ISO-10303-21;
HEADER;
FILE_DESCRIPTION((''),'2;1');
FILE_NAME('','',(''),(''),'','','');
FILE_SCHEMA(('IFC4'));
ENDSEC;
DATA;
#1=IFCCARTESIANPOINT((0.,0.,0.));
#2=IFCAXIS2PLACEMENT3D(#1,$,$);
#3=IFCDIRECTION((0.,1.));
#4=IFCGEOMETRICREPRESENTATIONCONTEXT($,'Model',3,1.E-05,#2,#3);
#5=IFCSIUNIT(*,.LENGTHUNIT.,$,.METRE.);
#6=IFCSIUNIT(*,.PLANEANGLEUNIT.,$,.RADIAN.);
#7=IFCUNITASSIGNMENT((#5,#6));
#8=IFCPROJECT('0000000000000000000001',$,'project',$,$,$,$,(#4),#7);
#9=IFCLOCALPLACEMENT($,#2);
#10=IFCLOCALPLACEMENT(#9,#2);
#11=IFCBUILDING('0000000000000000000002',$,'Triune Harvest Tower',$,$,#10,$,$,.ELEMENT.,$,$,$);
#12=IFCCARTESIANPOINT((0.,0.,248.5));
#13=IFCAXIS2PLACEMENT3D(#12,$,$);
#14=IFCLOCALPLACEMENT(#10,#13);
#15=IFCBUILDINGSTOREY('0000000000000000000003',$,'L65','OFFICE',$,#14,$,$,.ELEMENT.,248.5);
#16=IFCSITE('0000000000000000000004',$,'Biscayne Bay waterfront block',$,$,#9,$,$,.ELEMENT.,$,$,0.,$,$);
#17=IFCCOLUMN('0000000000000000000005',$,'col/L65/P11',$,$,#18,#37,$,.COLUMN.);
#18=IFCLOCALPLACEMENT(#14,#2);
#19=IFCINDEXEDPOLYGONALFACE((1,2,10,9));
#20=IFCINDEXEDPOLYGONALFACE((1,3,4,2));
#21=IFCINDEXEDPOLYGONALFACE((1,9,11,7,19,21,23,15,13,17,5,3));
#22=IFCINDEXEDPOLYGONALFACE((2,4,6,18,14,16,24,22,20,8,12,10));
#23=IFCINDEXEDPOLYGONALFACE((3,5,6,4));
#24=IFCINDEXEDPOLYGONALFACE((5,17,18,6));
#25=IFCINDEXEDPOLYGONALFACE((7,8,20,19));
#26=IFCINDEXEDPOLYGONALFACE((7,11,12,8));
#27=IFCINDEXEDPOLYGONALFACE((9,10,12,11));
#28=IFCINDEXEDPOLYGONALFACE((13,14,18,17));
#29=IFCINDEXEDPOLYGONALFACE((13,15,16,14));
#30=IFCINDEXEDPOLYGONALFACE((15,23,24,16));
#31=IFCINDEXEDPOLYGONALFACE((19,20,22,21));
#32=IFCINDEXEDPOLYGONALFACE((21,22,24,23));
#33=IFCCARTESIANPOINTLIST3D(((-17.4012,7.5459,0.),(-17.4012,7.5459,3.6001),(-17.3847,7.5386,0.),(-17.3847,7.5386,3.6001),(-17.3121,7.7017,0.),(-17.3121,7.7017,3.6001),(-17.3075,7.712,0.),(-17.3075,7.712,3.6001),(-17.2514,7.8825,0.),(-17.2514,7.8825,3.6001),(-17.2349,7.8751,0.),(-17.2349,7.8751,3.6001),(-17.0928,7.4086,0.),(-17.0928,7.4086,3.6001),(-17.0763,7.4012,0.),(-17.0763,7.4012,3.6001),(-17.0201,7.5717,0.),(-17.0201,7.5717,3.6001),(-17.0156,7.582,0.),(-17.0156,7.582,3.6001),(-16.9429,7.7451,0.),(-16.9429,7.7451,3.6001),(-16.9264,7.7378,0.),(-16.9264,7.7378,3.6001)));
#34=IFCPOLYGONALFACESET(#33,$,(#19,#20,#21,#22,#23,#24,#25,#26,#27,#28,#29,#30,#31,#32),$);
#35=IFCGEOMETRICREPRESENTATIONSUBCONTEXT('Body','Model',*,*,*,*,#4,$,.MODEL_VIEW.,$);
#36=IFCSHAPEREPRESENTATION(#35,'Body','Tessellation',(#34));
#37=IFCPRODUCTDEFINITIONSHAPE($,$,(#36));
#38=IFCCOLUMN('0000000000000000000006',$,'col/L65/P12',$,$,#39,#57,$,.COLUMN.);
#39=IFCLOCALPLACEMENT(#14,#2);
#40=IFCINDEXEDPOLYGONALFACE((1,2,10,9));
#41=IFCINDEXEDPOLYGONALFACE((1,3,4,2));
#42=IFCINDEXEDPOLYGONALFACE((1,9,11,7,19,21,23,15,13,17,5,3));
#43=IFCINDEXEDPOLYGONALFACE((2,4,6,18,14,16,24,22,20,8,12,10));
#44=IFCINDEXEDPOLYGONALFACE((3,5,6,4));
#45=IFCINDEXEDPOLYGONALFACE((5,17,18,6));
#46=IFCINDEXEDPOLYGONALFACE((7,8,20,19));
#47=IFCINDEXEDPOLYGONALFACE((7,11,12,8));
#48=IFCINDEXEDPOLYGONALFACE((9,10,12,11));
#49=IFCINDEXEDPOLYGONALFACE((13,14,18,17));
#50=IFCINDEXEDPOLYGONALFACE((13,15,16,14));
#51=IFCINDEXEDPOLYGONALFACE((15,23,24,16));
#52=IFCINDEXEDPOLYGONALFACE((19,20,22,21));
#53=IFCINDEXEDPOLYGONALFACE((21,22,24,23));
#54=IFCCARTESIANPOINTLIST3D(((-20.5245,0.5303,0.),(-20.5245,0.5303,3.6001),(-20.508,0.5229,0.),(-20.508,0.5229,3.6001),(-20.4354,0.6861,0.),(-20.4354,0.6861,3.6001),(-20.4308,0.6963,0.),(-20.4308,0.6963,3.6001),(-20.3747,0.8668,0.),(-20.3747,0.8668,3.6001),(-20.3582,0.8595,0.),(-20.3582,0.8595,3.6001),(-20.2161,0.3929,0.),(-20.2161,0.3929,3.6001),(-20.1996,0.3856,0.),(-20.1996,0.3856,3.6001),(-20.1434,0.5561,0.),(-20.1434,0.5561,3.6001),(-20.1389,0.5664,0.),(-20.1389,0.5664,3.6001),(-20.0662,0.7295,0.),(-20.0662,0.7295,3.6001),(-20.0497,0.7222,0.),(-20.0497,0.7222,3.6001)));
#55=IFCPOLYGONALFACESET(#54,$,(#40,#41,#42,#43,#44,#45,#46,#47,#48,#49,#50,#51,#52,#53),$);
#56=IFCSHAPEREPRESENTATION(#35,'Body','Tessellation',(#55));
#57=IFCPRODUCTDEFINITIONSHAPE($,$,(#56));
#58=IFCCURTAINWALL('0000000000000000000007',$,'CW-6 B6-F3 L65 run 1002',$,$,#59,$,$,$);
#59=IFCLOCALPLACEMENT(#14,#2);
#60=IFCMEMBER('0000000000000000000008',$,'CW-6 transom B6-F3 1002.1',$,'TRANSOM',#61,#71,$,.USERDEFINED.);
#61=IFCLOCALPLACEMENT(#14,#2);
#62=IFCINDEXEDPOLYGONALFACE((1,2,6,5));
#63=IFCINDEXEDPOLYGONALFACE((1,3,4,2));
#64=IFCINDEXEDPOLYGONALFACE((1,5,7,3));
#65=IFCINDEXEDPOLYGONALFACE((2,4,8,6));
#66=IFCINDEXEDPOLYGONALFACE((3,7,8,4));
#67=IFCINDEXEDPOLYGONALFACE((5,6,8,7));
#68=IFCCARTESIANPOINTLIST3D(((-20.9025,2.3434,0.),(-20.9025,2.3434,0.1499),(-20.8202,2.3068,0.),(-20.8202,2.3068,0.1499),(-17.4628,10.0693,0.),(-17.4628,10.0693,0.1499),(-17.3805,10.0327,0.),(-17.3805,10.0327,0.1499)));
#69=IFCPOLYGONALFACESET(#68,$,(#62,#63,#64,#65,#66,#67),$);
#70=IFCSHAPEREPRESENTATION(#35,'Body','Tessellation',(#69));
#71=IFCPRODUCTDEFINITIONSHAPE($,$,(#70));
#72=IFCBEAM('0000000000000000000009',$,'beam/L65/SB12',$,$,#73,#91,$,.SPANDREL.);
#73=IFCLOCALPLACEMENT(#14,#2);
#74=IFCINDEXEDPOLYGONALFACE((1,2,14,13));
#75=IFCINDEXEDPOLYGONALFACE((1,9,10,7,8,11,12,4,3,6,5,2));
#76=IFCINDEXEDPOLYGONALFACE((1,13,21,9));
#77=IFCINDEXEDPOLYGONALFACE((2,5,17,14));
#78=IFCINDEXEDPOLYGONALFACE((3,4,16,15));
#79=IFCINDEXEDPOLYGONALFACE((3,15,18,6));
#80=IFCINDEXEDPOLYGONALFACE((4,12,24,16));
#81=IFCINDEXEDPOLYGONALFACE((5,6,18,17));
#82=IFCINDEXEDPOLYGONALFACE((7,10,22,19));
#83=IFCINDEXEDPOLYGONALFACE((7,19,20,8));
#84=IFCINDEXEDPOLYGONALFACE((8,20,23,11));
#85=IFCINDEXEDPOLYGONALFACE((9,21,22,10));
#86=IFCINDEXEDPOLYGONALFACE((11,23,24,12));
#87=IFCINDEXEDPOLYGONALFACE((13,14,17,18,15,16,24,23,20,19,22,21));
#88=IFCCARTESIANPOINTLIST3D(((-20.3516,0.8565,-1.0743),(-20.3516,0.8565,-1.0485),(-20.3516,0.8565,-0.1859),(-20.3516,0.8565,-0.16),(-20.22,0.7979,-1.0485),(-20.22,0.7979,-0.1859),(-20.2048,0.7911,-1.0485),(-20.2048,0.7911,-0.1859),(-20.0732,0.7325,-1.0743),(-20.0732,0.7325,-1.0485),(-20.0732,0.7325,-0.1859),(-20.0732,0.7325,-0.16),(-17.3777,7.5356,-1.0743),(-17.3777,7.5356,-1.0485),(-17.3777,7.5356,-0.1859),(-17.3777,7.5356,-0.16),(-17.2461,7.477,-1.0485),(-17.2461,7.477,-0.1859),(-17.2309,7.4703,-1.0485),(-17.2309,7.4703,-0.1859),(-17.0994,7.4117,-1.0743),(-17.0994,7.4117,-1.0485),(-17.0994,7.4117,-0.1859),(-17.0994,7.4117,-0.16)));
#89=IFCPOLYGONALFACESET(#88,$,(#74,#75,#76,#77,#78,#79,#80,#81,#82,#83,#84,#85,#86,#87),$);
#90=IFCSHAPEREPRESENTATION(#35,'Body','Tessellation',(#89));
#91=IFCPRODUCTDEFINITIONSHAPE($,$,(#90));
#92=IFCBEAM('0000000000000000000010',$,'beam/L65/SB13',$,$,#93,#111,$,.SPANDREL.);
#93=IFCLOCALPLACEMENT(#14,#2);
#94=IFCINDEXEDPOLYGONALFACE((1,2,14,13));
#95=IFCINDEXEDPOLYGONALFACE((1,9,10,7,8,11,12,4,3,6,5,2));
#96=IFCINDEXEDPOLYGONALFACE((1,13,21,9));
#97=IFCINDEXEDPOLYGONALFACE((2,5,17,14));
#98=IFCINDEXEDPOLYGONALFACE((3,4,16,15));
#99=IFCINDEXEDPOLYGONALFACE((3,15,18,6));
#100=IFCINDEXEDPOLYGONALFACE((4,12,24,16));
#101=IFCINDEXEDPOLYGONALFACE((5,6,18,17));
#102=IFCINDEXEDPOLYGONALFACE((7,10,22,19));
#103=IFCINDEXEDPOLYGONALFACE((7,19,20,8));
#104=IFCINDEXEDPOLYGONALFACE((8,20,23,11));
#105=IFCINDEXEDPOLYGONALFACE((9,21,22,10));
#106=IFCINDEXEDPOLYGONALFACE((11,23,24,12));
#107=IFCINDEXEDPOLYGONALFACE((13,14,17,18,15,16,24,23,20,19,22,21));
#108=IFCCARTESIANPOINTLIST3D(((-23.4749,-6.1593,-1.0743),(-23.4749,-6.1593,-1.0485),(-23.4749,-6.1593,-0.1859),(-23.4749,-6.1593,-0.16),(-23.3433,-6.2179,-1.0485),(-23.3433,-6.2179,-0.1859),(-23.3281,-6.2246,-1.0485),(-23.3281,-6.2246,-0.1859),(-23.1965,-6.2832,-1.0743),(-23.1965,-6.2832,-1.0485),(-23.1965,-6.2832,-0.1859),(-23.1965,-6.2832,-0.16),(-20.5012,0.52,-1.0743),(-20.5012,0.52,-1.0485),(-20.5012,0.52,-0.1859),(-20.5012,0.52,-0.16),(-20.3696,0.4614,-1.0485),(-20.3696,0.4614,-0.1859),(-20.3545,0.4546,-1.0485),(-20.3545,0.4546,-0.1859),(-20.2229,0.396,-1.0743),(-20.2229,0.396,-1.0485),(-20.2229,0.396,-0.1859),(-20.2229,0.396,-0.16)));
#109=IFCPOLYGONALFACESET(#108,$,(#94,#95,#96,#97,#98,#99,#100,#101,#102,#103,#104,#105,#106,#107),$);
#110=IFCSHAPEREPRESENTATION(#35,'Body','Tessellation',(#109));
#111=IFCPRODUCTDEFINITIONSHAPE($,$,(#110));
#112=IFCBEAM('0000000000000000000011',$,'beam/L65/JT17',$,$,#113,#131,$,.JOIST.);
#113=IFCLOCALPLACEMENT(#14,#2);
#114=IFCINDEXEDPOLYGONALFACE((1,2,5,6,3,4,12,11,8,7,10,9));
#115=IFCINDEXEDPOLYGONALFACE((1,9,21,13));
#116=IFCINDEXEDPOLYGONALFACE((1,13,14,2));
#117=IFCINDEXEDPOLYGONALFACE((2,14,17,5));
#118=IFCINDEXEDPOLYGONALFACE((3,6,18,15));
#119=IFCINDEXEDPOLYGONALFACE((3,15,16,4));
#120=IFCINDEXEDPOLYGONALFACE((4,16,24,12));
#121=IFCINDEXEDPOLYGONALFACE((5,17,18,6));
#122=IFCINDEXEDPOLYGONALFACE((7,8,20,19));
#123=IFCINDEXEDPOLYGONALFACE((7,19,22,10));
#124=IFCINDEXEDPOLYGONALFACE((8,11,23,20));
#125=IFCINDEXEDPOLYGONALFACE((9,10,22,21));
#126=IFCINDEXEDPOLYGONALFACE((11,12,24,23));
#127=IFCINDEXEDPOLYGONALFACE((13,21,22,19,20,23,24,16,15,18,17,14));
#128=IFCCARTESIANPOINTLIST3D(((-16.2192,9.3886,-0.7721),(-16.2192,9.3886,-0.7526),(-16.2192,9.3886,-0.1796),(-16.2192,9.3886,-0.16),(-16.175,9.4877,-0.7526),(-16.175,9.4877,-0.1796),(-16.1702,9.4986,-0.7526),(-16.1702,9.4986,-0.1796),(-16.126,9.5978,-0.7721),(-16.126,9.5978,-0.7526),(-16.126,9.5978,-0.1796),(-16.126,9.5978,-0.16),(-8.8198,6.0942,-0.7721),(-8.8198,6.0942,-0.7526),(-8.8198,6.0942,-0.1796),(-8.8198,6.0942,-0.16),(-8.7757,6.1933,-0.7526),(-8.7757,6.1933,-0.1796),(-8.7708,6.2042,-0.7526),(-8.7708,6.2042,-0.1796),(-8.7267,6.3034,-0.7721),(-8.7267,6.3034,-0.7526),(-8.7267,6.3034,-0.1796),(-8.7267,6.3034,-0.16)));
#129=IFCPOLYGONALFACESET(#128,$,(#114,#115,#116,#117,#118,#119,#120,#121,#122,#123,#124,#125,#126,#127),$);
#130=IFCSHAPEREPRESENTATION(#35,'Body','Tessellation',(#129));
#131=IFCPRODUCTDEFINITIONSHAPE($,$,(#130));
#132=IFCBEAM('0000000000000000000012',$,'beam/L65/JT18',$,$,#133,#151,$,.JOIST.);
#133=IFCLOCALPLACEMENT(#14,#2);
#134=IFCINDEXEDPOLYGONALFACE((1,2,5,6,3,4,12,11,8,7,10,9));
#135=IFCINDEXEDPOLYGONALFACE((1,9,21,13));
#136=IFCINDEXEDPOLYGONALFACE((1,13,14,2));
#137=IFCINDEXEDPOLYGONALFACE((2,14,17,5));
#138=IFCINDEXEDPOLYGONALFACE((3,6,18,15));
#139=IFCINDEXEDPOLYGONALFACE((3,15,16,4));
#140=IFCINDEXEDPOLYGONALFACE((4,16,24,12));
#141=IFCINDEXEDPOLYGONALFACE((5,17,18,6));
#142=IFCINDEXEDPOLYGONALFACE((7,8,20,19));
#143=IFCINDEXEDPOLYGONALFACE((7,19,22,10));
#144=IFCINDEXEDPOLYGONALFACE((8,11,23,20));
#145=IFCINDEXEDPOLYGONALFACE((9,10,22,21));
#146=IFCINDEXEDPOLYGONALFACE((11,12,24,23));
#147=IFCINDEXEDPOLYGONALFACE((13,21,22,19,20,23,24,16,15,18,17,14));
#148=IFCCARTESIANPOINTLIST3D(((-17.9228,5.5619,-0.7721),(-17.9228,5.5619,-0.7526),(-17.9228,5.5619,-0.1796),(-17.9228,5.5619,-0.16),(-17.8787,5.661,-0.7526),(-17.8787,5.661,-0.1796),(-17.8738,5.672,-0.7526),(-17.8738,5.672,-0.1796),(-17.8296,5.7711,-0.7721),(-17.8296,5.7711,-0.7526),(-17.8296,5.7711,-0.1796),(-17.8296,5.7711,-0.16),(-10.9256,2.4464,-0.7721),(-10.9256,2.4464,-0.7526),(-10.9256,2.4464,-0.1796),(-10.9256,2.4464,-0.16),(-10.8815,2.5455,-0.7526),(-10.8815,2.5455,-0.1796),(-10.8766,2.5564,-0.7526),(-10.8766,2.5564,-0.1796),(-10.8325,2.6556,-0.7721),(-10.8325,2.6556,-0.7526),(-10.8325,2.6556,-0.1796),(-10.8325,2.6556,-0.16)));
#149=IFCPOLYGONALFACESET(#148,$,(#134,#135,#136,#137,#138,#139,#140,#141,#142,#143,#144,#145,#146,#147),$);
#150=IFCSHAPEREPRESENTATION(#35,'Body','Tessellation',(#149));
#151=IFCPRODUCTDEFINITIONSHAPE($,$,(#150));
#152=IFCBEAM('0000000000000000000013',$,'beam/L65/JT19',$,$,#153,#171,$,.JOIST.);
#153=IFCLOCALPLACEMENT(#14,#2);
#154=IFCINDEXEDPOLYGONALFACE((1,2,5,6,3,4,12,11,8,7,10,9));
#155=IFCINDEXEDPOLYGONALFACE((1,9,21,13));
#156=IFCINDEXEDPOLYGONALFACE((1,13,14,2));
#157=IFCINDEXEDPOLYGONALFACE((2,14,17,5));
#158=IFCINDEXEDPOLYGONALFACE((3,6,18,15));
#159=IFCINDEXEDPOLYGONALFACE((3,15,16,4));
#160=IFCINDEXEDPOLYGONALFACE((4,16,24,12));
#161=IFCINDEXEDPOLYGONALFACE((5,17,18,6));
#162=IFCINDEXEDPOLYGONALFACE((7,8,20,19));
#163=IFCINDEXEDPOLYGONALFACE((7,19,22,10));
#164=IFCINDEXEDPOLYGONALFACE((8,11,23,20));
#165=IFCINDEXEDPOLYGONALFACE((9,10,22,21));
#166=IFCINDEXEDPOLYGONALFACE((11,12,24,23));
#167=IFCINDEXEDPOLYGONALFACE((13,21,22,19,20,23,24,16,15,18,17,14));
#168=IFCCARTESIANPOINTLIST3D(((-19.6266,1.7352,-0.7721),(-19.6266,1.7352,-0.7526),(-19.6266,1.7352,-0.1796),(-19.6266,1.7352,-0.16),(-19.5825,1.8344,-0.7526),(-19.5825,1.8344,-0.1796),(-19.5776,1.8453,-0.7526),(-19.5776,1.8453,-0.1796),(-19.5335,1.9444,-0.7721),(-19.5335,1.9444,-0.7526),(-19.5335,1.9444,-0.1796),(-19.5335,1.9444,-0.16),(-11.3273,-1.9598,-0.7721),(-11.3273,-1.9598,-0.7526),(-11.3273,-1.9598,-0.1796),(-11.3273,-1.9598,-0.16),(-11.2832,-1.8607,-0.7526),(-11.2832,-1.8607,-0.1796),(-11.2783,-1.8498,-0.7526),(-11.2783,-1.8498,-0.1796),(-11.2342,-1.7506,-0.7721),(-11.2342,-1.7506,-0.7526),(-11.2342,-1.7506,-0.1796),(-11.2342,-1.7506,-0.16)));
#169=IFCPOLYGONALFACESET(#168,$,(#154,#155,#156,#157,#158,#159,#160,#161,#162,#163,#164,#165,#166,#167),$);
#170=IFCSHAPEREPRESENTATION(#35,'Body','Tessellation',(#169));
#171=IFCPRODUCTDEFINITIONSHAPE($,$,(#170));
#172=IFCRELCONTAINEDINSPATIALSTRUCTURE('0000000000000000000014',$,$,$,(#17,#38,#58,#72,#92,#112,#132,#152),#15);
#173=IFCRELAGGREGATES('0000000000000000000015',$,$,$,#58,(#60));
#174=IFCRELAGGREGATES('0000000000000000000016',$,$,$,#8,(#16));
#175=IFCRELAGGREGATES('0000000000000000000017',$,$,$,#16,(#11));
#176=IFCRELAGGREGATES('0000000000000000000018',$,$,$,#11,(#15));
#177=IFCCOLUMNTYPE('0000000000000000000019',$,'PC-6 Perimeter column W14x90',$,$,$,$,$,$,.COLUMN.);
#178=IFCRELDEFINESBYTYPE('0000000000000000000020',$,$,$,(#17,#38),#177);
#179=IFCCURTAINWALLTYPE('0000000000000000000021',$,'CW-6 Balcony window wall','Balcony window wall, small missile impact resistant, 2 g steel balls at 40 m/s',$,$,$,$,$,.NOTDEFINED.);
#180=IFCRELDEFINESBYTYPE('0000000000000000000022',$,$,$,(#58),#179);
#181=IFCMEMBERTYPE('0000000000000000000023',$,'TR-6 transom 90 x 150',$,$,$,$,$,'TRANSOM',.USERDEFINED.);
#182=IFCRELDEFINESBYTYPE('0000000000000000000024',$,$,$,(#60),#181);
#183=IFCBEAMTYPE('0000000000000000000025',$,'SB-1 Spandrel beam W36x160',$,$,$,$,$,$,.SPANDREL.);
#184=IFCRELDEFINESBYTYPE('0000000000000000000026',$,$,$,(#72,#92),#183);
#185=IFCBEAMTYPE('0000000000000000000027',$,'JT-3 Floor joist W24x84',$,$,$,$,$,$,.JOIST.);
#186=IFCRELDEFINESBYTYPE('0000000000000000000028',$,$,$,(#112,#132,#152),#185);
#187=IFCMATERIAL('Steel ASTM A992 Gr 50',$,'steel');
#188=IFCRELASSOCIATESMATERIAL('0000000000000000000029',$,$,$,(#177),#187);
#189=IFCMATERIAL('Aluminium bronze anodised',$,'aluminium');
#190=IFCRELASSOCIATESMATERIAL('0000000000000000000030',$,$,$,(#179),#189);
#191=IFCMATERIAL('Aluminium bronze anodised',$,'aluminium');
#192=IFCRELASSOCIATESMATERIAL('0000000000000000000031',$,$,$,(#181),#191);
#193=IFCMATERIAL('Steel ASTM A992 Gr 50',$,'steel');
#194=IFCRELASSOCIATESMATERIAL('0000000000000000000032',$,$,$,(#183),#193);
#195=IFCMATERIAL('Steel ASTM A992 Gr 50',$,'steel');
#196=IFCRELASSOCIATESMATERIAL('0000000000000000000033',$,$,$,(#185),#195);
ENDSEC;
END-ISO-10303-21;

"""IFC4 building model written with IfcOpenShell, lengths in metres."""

from ifc_helpers import new_model, si_unit, direction, frame, origin, origin_2d, place, context, subcontext, project, spatial, rectangle, i_section, extrude, source, transform, mapped, material, material_profile, profile_set, type_object, element, aggregate, save


model = new_model("IFC4")

# Units and contexts
model_context = context("Model", 3, precision=1e-05, world=origin(), true_north=direction((0.0, 1.0)))
body_context = subcontext(model_context, "Body", "Model", "MODEL_VIEW")
ifc_project = project(units=[si_unit("LENGTHUNIT", "METRE"), si_unit("PLANEANGLEUNIT", "RADIAN")], contexts=[model_context])

# Site, building, storey
site_placement = place(None, origin())
site = spatial("IfcSite", under=ifc_project, at=site_placement, Name="Biscayne Bay waterfront block", CompositionType="ELEMENT", RefElevation=0.0)
building_placement = place(site_placement, origin())
building = spatial("IfcBuilding", under=site, at=building_placement, Name="Triune Harvest Tower", CompositionType="ELEMENT")
storey_placement = place(building_placement, frame((0.0, 0.0, 248.5)))
storey = spatial("IfcBuildingStorey", under=building, at=storey_placement, Name="L65", Description="OFFICE", CompositionType="ELEMENT", Elevation=248.5)

# Columns
ifc_material_1 = material(Name="Steel ASTM A992 Gr 50", Category="steel")
ifc_material_profile_1 = material_profile(ifc_material_1, i_section(OverallWidth=0.3684, OverallDepth=0.3557, WebThickness=0.0112, FlangeThickness=0.0181, at=origin_2d()), Name="W14x90")
ifc_profile_set_1 = profile_set([ifc_material_profile_1], Name="Steel ASTM A992 Gr 50")
column_type = type_object("IfcColumnType", Name="PC-6 Perimeter column W14x90", PredefinedType="COLUMN", material=ifc_profile_set_1)
shared_shape_1 = source(origin(), body_context, "Body", "SweptSolid", [
    extrude(i_section(OverallWidth=0.3684, OverallDepth=0.3557, WebThickness=0.0112, FlangeThickness=0.0181, at=origin_2d()), origin(), (0.0, 0.0, 1.0), 3.6001),
])
for number, where, z_axis, x_axis, name in (
    (1, (-17.1638, 7.6418, 0.0), (0.0, 0.0, 1.0), (-0.406738, -0.913545, 0.0), "col/L65/P11"),
    (2, (-20.2871, 0.6262, 0.0), (0.0, 0.0, 1.0), (-0.406738, -0.913545, 0.0), "col/L65/P12"),
):
    element("IfcColumn", number, at=place(storey_placement, frame(where, z_axis=z_axis, x_axis=x_axis)), inside=storey, type_object=column_type, Name=name, PredefinedType="COLUMN", context=body_context, shape_type="MappedRepresentation", body=[
        mapped(shared_shape_1, transform((0.0, 0.0, 0.0), scale=1.0)),
    ])

# Curtain wall, member
ifc_material_2 = material(Name="Aluminium bronze anodised", Category="aluminium")
curtain_wall_type_1 = type_object("IfcCurtainWallType", Name="CW-6 Balcony window wall", Description="Balcony window wall, small missile impact resistant, 2 g steel balls at 40 m/s", PredefinedType="NOTDEFINED", material=ifc_material_2)
curtain_wall_1_placement = place(storey_placement, origin())
curtain_wall_1 = element("IfcCurtainWall", 3, at=curtain_wall_1_placement, inside=storey, type_object=curtain_wall_type_1, Name="CW-6 B6-F3 L65 run 1002")
ifc_material_3 = material(Name="Aluminium bronze anodised", Category="aluminium")
ifc_material_profile_2 = material_profile(ifc_material_3, rectangle(XDim=0.0901, YDim=0.1499, at=origin_2d()), Name="TR-6 transom 90 x 150")
ifc_profile_set_2 = profile_set([ifc_material_profile_2], Name="Aluminium bronze anodised")
member_type_1 = type_object("IfcMemberType", Name="TR-6 transom 90 x 150", ElementType="TRANSOM", PredefinedType="USERDEFINED", material=ifc_profile_set_2)
member_1_placement = place(storey_placement, frame((-17.4216, 10.051, 0.075), z_axis=(-0.40673, -0.913548, 0.0), x_axis=(0.913548, -0.40673, 0.0)))
member_1 = element("IfcMember", 4, at=member_1_placement, type_object=member_type_1, Name="CW-6 transom B6-F3 1002.1", ObjectType="TRANSOM", PredefinedType="USERDEFINED", context=body_context, shape_type="SweptSolid", body=[
    extrude(rectangle(XDim=0.0901, YDim=0.1499, at=origin_2d()), origin(), (0.0, 0.0, 1.0), 8.457),
])

# Beams
ifc_material_4 = material(Name="Steel ASTM A992 Gr 50", Category="steel")
ifc_material_profile_3 = material_profile(ifc_material_4, i_section(OverallWidth=0.3047, OverallDepth=0.9143, WebThickness=0.0166, FlangeThickness=0.0259, at=origin_2d()), Name="W36x160")
ifc_profile_set_3 = profile_set([ifc_material_profile_3], Name="Steel ASTM A992 Gr 50")
beam_type_1 = type_object("IfcBeamType", Name="SB-1 Spandrel beam W36x160", PredefinedType="SPANDREL", material=ifc_profile_set_3)
shared_shape_2 = source(origin(), body_context, "Body", "SweptSolid", [
    extrude(i_section(OverallWidth=0.3047, OverallDepth=0.9143, WebThickness=0.0166, FlangeThickness=0.0259, at=origin_2d()), origin(), (0.0, 0.0, 1.0), 7.3113),
])
for number, where, z_axis, x_axis, name in (
    (5, (-17.2385, 7.4736, -0.6172), (-0.406749, -0.91354, 0.0), (0.91354, -0.406749, 0.0), "beam/L65/SB12"),
    (6, (-20.3621, 0.458, -0.6172), (-0.406721, -0.913552, 0.0), (0.913552, -0.406721, 0.0), "beam/L65/SB13"),
):
    element("IfcBeam", number, at=place(storey_placement, frame(where, z_axis=z_axis, x_axis=x_axis)), inside=storey, type_object=beam_type_1, Name=name, PredefinedType="SPANDREL", context=body_context, shape_type="MappedRepresentation", body=[
        mapped(shared_shape_2, transform((0.0, 0.0, 0.0), scale=1.0)),
    ])
ifc_material_5 = material(Name="Steel ASTM A992 Gr 50", Category="steel")
ifc_material_profile_4 = material_profile(ifc_material_5, i_section(OverallWidth=0.229, OverallDepth=0.6121, WebThickness=0.012, FlangeThickness=0.0195, at=origin_2d()), Name="W24x84")
ifc_profile_set_4 = profile_set([ifc_material_profile_4], Name="Steel ASTM A992 Gr 50")
beam_type_2 = type_object("IfcBeamType", Name="JT-3 Floor joist W24x84", PredefinedType="JOIST", material=ifc_profile_set_4)
shared_shape_3 = source(origin(), body_context, "Body", "SweptSolid", [
    extrude(i_section(OverallWidth=0.229, OverallDepth=0.6121, WebThickness=0.012, FlangeThickness=0.0195, at=origin_2d()), origin(), (0.0, 0.0, 1.0), 8.0996),
])
beam_1_placement = place(storey_placement, frame((-16.1726, 9.4932, -0.4661), z_axis=(0.913545, -0.406737, 0.0), x_axis=(0.406737, 0.913545, 0.0)))
element("IfcBeam", 7, at=beam_1_placement, inside=storey, type_object=beam_type_2, Name="beam/L65/JT17", PredefinedType="JOIST", context=body_context, shape_type="MappedRepresentation", body=[
    mapped(shared_shape_3, transform((0.0, 0.0, 0.0), scale=1.0)),
])
shared_shape_4 = source(origin(), body_context, "Body", "SweptSolid", [
    extrude(i_section(OverallWidth=0.229, OverallDepth=0.6121, WebThickness=0.012, FlangeThickness=0.0195, at=origin_2d()), origin(), (0.0, 0.0, 1.0), 7.6594),
])
beam_2_placement = place(storey_placement, frame((-17.8762, 5.6665, -0.4661), z_axis=(0.913537, -0.406756, 0.0), x_axis=(0.406756, 0.913537, 0.0)))
element("IfcBeam", 8, at=beam_2_placement, inside=storey, type_object=beam_type_2, Name="beam/L65/JT18", PredefinedType="JOIST", context=body_context, shape_type="MappedRepresentation", body=[
    mapped(shared_shape_4, transform((0.0, 0.0, 0.0), scale=1.0)),
])
shared_shape_5 = source(origin(), body_context, "Body", "SweptSolid", [
    extrude(i_section(OverallWidth=0.229, OverallDepth=0.6121, WebThickness=0.012, FlangeThickness=0.0195, at=origin_2d()), origin(), (0.0, 0.0, 1.0), 9.0847),
])
beam_3_placement = place(storey_placement, frame((-19.5801, 1.8398, -0.4661), z_axis=(0.913546, -0.406734, 0.0), x_axis=(0.406734, 0.913546, 0.0)))
element("IfcBeam", 9, at=beam_3_placement, inside=storey, type_object=beam_type_2, Name="beam/L65/JT19", PredefinedType="JOIST", context=body_context, shape_type="MappedRepresentation", body=[
    mapped(shared_shape_5, transform((0.0, 0.0, 0.0), scale=1.0)),
])

aggregate(curtain_wall_1, [member_1])

save(model, "model.ifc")
